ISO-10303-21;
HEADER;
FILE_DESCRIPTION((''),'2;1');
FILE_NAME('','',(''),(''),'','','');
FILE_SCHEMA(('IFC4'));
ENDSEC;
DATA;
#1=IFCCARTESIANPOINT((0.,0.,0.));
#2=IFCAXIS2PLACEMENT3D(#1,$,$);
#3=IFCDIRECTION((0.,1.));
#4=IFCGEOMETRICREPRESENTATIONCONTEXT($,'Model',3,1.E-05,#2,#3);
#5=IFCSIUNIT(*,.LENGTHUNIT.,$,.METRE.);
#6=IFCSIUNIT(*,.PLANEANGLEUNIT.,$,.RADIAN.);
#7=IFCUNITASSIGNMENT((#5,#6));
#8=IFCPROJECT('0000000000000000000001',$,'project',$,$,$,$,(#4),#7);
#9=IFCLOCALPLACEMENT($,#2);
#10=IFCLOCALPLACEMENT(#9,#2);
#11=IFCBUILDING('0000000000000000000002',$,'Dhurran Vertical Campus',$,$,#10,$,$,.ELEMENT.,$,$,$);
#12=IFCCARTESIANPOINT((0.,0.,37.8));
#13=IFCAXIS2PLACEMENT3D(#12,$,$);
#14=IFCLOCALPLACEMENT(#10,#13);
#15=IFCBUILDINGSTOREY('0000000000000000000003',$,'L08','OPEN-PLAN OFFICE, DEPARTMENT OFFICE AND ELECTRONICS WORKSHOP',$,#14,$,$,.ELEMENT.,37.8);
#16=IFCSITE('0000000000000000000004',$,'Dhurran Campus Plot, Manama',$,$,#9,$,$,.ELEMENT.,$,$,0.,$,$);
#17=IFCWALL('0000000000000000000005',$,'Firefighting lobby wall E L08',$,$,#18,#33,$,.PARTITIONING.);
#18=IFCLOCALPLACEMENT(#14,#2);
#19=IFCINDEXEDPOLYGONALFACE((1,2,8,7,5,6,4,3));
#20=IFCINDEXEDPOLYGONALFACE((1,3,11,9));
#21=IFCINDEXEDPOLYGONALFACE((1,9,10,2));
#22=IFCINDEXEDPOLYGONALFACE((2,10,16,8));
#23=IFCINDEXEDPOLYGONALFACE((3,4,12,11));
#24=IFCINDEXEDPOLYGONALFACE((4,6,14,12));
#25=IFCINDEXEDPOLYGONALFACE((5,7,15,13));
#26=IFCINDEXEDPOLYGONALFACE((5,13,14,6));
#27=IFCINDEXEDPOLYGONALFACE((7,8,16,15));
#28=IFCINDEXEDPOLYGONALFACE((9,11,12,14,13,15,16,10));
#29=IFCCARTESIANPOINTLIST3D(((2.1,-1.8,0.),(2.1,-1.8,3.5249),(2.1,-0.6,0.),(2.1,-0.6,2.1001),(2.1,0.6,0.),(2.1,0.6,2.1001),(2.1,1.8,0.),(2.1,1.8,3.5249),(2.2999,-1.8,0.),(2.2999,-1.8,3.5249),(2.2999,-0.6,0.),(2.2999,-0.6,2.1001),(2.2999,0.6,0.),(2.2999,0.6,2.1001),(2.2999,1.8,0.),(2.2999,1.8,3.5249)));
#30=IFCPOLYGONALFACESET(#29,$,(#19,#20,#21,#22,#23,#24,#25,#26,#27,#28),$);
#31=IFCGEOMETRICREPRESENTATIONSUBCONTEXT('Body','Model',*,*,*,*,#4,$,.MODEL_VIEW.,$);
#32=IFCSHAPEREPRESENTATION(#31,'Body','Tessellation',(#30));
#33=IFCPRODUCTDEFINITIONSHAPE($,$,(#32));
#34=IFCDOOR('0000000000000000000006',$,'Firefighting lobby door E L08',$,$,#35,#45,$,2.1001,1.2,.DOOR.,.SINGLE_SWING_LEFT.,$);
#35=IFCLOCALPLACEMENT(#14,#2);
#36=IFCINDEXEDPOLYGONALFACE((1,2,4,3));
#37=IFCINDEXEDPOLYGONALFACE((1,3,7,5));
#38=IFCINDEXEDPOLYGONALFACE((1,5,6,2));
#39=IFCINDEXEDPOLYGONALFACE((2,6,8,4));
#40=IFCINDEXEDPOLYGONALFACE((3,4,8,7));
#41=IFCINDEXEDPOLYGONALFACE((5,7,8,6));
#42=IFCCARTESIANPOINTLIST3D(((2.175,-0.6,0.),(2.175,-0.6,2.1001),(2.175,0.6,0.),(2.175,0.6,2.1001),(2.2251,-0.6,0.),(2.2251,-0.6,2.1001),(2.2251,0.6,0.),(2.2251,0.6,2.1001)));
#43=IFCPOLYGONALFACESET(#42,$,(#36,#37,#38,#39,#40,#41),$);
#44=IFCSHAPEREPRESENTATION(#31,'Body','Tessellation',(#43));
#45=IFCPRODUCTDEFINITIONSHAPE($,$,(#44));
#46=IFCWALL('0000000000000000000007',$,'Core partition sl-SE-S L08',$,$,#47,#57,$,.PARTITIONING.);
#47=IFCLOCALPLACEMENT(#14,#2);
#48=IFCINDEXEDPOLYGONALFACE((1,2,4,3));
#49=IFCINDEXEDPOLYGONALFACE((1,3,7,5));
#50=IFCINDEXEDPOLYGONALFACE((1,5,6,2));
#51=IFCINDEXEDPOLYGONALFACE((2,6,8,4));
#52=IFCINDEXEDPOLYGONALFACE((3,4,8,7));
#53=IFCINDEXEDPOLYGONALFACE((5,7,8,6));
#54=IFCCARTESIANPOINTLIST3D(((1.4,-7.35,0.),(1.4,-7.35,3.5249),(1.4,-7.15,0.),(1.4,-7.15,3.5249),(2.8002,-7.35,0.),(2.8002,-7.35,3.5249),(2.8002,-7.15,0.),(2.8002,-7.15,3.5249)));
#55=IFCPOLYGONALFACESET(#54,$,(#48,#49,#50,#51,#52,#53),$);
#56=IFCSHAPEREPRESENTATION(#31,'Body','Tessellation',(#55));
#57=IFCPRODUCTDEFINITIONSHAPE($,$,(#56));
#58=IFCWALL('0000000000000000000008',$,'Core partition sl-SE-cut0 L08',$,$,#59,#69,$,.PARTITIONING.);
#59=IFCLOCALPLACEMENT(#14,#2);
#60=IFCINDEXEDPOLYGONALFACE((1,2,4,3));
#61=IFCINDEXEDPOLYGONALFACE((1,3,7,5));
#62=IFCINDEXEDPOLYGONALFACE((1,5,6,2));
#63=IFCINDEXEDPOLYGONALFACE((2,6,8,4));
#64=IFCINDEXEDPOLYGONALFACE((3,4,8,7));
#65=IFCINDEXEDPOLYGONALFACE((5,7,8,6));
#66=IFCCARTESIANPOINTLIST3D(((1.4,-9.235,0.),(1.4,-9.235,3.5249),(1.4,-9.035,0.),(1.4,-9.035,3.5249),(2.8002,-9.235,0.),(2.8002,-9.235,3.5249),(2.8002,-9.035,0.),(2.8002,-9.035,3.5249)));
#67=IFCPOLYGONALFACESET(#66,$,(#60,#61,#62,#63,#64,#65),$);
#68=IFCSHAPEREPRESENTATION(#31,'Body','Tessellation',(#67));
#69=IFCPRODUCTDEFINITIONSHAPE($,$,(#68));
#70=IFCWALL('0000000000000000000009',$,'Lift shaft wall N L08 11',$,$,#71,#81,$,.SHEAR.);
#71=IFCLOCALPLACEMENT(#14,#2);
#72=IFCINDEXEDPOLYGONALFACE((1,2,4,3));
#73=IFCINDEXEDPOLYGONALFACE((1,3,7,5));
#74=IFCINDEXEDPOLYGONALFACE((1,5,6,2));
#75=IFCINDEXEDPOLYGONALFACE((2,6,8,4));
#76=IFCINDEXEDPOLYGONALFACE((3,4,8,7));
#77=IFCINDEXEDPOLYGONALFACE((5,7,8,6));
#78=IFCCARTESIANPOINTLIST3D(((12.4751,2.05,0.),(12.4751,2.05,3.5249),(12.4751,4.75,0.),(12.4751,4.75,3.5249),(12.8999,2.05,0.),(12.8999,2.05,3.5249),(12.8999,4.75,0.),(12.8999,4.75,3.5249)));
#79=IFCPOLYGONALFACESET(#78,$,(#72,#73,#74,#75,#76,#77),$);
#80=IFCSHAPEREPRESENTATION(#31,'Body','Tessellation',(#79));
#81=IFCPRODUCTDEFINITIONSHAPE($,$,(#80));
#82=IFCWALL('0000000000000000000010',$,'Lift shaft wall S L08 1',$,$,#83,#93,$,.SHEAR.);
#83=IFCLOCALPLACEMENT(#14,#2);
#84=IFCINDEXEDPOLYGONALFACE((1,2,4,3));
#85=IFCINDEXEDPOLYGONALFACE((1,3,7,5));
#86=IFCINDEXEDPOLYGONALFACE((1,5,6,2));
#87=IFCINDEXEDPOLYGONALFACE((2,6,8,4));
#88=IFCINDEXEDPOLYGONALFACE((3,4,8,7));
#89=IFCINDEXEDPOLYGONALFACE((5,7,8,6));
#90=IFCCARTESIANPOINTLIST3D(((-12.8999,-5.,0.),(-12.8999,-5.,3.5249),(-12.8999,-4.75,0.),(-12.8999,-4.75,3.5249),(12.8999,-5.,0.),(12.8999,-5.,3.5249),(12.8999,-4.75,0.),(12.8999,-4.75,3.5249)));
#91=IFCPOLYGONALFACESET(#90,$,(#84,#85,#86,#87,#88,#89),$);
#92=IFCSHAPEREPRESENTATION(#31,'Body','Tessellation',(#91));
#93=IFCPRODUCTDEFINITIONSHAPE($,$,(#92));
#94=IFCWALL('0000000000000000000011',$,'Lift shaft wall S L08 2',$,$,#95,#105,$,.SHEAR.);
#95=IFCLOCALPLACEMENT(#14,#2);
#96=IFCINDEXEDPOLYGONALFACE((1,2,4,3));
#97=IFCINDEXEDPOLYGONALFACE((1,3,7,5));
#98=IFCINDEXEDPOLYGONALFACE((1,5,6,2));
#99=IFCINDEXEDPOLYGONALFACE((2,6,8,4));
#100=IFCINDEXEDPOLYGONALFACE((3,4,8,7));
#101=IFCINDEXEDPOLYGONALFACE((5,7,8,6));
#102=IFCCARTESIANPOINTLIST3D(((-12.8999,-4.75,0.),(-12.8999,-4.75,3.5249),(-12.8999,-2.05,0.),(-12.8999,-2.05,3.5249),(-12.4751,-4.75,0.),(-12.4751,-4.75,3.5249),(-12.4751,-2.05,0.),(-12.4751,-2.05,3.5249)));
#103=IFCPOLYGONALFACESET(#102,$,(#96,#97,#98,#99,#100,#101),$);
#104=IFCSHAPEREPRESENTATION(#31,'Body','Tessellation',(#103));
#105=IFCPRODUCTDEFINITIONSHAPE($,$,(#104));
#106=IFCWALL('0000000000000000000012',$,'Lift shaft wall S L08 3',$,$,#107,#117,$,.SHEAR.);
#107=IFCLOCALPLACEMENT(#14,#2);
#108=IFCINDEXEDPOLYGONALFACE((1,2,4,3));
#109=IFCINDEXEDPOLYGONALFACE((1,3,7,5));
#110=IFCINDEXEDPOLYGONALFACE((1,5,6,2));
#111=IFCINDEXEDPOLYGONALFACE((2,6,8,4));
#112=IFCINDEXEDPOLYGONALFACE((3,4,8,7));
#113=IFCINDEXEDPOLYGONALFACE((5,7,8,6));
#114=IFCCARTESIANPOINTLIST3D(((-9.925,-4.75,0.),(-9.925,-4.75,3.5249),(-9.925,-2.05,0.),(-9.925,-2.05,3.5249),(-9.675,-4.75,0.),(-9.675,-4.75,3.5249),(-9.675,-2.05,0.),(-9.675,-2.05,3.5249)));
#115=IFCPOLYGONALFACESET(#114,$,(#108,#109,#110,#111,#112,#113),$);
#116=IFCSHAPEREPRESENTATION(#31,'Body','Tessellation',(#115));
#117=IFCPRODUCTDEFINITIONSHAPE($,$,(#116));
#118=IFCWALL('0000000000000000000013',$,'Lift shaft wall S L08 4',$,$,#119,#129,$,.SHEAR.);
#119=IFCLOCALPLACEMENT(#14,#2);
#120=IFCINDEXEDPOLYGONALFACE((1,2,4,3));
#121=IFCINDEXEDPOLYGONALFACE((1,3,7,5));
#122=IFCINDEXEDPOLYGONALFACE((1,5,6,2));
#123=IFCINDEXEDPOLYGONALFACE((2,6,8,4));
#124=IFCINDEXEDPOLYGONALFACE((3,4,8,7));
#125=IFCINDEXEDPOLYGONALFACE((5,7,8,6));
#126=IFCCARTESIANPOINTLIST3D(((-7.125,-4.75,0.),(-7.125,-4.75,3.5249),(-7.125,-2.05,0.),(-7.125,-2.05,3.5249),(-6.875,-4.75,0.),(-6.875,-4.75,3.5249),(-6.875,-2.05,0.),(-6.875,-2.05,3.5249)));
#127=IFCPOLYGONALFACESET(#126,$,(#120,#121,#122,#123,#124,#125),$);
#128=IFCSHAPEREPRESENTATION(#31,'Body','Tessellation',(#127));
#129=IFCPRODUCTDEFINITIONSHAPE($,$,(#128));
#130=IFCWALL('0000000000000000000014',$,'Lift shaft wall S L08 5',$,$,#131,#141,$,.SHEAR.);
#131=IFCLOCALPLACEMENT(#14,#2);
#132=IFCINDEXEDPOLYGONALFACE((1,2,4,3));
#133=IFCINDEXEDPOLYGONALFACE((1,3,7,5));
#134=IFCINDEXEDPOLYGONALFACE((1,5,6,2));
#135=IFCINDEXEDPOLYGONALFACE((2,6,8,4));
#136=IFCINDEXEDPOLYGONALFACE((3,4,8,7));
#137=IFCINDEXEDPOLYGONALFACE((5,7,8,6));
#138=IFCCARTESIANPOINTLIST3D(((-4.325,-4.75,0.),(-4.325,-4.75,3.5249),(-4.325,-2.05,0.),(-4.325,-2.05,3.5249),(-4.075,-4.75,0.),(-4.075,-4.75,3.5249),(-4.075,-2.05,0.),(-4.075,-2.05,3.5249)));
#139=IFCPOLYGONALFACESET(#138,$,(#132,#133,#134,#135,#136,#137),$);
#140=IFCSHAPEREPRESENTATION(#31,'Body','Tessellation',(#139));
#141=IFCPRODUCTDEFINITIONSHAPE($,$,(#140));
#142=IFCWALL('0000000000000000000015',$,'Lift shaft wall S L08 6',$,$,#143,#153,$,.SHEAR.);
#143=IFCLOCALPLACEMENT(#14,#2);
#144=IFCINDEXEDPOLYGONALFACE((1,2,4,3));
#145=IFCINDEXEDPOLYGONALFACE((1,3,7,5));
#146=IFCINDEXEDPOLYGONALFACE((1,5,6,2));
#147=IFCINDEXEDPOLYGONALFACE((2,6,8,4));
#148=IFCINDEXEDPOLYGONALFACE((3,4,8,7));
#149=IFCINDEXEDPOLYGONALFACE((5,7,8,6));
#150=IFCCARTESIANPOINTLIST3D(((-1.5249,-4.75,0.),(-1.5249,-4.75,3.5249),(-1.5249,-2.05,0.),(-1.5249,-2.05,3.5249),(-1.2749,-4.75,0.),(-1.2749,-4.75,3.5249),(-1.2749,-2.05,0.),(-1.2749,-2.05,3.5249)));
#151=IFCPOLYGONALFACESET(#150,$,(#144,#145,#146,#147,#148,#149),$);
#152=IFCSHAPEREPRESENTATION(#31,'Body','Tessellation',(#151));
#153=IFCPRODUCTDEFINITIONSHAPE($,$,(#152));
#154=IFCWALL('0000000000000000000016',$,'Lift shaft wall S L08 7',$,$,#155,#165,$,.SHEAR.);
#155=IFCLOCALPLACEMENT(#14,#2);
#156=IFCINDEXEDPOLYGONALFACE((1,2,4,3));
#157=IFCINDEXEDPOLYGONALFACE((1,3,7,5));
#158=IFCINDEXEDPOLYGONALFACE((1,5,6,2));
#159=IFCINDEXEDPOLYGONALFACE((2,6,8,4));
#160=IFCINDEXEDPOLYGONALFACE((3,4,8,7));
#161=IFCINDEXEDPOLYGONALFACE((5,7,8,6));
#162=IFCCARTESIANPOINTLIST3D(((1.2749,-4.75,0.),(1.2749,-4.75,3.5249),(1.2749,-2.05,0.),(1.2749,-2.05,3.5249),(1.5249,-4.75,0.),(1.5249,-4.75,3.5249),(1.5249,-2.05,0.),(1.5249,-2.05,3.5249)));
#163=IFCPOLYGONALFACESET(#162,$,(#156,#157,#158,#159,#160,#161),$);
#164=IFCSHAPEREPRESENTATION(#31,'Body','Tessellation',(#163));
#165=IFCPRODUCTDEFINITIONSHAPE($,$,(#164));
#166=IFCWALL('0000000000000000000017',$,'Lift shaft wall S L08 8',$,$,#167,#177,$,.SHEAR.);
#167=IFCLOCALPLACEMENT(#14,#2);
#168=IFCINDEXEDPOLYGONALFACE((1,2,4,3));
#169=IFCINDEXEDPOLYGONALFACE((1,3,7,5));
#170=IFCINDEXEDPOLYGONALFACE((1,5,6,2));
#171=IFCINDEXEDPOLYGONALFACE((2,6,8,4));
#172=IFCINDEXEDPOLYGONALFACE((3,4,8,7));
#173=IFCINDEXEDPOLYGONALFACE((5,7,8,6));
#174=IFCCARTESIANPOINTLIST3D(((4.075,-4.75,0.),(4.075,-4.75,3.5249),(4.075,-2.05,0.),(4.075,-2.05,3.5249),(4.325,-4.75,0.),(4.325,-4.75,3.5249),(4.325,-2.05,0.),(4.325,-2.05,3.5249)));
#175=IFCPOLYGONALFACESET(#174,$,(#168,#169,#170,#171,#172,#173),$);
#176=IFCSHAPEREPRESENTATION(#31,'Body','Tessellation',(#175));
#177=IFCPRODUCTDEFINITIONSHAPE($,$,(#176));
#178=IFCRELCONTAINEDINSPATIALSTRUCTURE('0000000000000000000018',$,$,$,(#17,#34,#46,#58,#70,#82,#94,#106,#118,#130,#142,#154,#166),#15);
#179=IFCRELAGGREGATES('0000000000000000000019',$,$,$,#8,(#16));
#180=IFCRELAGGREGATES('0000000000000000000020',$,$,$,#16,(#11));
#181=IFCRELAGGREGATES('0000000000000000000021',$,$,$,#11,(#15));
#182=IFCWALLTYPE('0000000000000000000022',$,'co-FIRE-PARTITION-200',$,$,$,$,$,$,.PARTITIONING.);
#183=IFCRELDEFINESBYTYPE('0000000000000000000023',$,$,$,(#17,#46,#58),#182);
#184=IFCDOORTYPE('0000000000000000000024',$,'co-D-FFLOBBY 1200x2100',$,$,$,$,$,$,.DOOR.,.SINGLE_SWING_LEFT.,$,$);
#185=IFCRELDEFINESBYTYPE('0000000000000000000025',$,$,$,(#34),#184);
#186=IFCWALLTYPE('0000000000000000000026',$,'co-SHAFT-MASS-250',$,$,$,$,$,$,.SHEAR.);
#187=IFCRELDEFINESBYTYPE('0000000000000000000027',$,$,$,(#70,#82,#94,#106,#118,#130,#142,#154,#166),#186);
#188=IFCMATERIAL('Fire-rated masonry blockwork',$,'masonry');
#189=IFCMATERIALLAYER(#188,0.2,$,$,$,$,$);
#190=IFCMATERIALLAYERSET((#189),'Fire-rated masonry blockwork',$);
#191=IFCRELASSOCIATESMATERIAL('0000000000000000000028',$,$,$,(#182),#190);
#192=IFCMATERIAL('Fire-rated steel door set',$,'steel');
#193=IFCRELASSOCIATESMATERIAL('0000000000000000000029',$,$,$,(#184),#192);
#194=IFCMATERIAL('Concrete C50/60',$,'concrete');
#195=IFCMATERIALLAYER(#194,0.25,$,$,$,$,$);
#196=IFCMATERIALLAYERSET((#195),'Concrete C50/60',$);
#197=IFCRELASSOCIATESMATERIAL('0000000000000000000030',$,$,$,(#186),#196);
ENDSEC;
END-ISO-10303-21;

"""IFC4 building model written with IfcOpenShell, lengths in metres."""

from ifc_helpers import new_model, si_unit, direction, frame, frame_2d, origin, place, context, subcontext, project, spatial, polyline, rectangle, outline, extrude, material, layer, layer_set, type_object, element, fill, save


model = new_model("IFC4")

# Units and contexts
model_context = context("Model", 3, precision=1e-05, world=origin(), true_north=direction((0.0, 1.0)))
body_context = subcontext(model_context, "Body", "Model", "MODEL_VIEW")
ifc_project = project(units=[si_unit("LENGTHUNIT", "METRE"), si_unit("PLANEANGLEUNIT", "RADIAN")], contexts=[model_context])

# Site, building, storey
site_placement = place(None, origin())
site = spatial("IfcSite", under=ifc_project, at=site_placement, Name="Dhurran Campus Plot, Manama", CompositionType="ELEMENT", RefElevation=0.0)
building_placement = place(site_placement, origin())
building = spatial("IfcBuilding", under=site, at=building_placement, Name="Dhurran Vertical Campus", CompositionType="ELEMENT")
storey_placement = place(building_placement, frame((0.0, 0.0, 37.8)))
storey = spatial("IfcBuildingStorey", under=building, at=storey_placement, Name="L08", Description="OPEN-PLAN OFFICE, DEPARTMENT OFFICE AND ELECTRONICS WORKSHOP", CompositionType="ELEMENT", Elevation=37.8)

# Wall, opening, door
ifc_material_1 = material(Name="Fire-rated masonry blockwork", Category="masonry")
ifc_layer_1 = layer(ifc_material_1, 0.2)
ifc_layer_set_1 = layer_set([ifc_layer_1], Name="Fire-rated masonry blockwork")
wall_type_1 = type_object("IfcWallType", Name="co-FIRE-PARTITION-200", PredefinedType="PARTITIONING", material=ifc_layer_set_1)
wall_1_placement = place(storey_placement, frame((2.2, -1.8, 0.0), z_axis=(0.0, 0.0, 1.0), x_axis=(0.0, 1.0, 0.0)))
wall_1 = element("IfcWall", 1, at=wall_1_placement, inside=storey, type_object=wall_type_1, Name="Firefighting lobby wall E L08", PredefinedType="PARTITIONING", context=body_context, shape_type="SweptSolid", body=[
    extrude(rectangle(XDim=3.6001, YDim=0.2, at=frame_2d((1.8, 0.0))), origin(), (0.0, 0.0, 1.0), 3.5249),
])
opening_1_placement = place(wall_1_placement, frame((1.2, 0.0, 0.0)))
opening_1 = element("IfcOpeningElement", 2, at=opening_1_placement, cuts=wall_1, PredefinedType="OPENING", context=body_context, shape_type="SweptSolid", body=[
    extrude(rectangle(XDim=1.2, YDim=2.1001, at=frame_2d((0.6001, 1.05))), frame((0.0, 0.1099, 0.0), z_axis=(0.0, -1.0, 0.0), x_axis=(1.0, 0.0, 0.0)), (0.0, 0.0, 1.0), 0.22),
])
ifc_material_2 = material(Name="Fire-rated steel door set", Category="steel")
door_type_1 = type_object("IfcDoorType", Name="co-D-FFLOBBY 1200x2100", OperationType="SINGLE_SWING_LEFT", PredefinedType="DOOR", material=ifc_material_2)
door_1_placement = place(opening_1_placement, origin())
door_1 = element("IfcDoor", 3, at=door_1_placement, inside=storey, type_object=door_type_1, Name="Firefighting lobby door E L08", OperationType="SINGLE_SWING_LEFT", OverallHeight=2.1001, OverallWidth=1.2, PredefinedType="DOOR", context=body_context, shape_type="SweptSolid", body=[
    extrude(rectangle(XDim=1.2, YDim=2.1001, at=frame_2d((0.6001, 1.05))), frame((0.0, 0.0249, 0.0), z_axis=(0.0, -1.0, 0.0), x_axis=(1.0, 0.0, 0.0)), (0.0, 0.0, 1.0), 0.05),
])
fill(opening_1, door_1)

# Walls
for number, where, z_axis, x_axis, name in (
    (4, (1.3999, -7.25, 0.0), (0.0, 0.0, 1.0), (1.0, 0.0, 0.0), "Core partition sl-SE-S L08"),
    (5, (1.3999, -9.135, 0.0), (0.0, 0.0, 1.0), (1.0, 0.0, 0.0), "Core partition sl-SE-cut0 L08"),
):
    element("IfcWall", number, at=place(storey_placement, frame(where, z_axis=z_axis, x_axis=x_axis)), inside=storey, type_object=wall_type_1, Name=name, PredefinedType="PARTITIONING", context=body_context, shape_type="SweptSolid", body=[
        extrude(rectangle(XDim=1.4001, YDim=0.2, at=frame_2d((0.7002, 0.0))), origin(), (0.0, 0.0, 1.0), 3.5249),
    ])
ifc_material_3 = material(Name="Concrete C50/60", Category="concrete")
ifc_layer_2 = layer(ifc_material_3, 0.25)
ifc_layer_set_2 = layer_set([ifc_layer_2], Name="Concrete C50/60")
wall_type_2 = type_object("IfcWallType", Name="co-SHAFT-MASS-250", PredefinedType="SHEAR", material=ifc_layer_set_2)
wall_2_placement = place(storey_placement, origin())
element("IfcWall", 6, at=wall_2_placement, inside=storey, type_object=wall_type_2, Name="Lift shaft wall N L08 11", PredefinedType="SHEAR", context=body_context, shape_type="SweptSolid", body=[
    extrude(outline(polyline([(12.4751, 2.05), (12.8999, 2.05), (12.8999, 4.75), (12.4751, 4.75), (12.4751, 2.05)])), origin(), (0.0, 0.0, 1.0), 3.5249),
])
wall_3_placement = place(storey_placement, origin())
element("IfcWall", 7, at=wall_3_placement, inside=storey, type_object=wall_type_2, Name="Lift shaft wall S L08 1", PredefinedType="SHEAR", context=body_context, shape_type="SweptSolid", body=[
    extrude(outline(polyline([(-12.8999, -5.0), (12.8999, -5.0), (12.8999, -4.75), (-12.8999, -4.75), (-12.8999, -5.0)])), origin(), (0.0, 0.0, 1.0), 3.5249),
])
wall_4_placement = place(storey_placement, origin())
element("IfcWall", 8, at=wall_4_placement, inside=storey, type_object=wall_type_2, Name="Lift shaft wall S L08 2", PredefinedType="SHEAR", context=body_context, shape_type="SweptSolid", body=[
    extrude(outline(polyline([(-12.8999, -4.75), (-12.4751, -4.75), (-12.4751, -2.05), (-12.8999, -2.05), (-12.8999, -4.75)])), origin(), (0.0, 0.0, 1.0), 3.5249),
])
wall_5_placement = place(storey_placement, origin())
element("IfcWall", 9, at=wall_5_placement, inside=storey, type_object=wall_type_2, Name="Lift shaft wall S L08 3", PredefinedType="SHEAR", context=body_context, shape_type="SweptSolid", body=[
    extrude(outline(polyline([(-9.925, -4.75), (-9.675, -4.75), (-9.675, -2.05), (-9.925, -2.05), (-9.925, -4.75)])), origin(), (0.0, 0.0, 1.0), 3.5249),
])
wall_6_placement = place(storey_placement, origin())
element("IfcWall", 10, at=wall_6_placement, inside=storey, type_object=wall_type_2, Name="Lift shaft wall S L08 4", PredefinedType="SHEAR", context=body_context, shape_type="SweptSolid", body=[
    extrude(outline(polyline([(-7.125, -4.75), (-6.875, -4.75), (-6.875, -2.05), (-7.125, -2.05), (-7.125, -4.75)])), origin(), (0.0, 0.0, 1.0), 3.5249),
])
wall_7_placement = place(storey_placement, origin())
element("IfcWall", 11, at=wall_7_placement, inside=storey, type_object=wall_type_2, Name="Lift shaft wall S L08 5", PredefinedType="SHEAR", context=body_context, shape_type="SweptSolid", body=[
    extrude(outline(polyline([(-4.325, -4.75), (-4.075, -4.75), (-4.075, -2.05), (-4.325, -2.05), (-4.325, -4.75)])), origin(), (0.0, 0.0, 1.0), 3.5249),
])
wall_8_placement = place(storey_placement, origin())
element("IfcWall", 12, at=wall_8_placement, inside=storey, type_object=wall_type_2, Name="Lift shaft wall S L08 6", PredefinedType="SHEAR", context=body_context, shape_type="SweptSolid", body=[
    extrude(outline(polyline([(-1.5249, -4.75), (-1.2749, -4.75), (-1.2749, -2.05), (-1.5249, -2.05), (-1.5249, -4.75)])), origin(), (0.0, 0.0, 1.0), 3.5249),
])
wall_9_placement = place(storey_placement, origin())
element("IfcWall", 13, at=wall_9_placement, inside=storey, type_object=wall_type_2, Name="Lift shaft wall S L08 7", PredefinedType="SHEAR", context=body_context, shape_type="SweptSolid", body=[
    extrude(outline(polyline([(1.2749, -4.75), (1.5249, -4.75), (1.5249, -2.05), (1.2749, -2.05), (1.2749, -4.75)])), origin(), (0.0, 0.0, 1.0), 3.5249),
])
wall_10_placement = place(storey_placement, origin())
element("IfcWall", 14, at=wall_10_placement, inside=storey, type_object=wall_type_2, Name="Lift shaft wall S L08 8", PredefinedType="SHEAR", context=body_context, shape_type="SweptSolid", body=[
    extrude(outline(polyline([(4.075, -4.75), (4.325, -4.75), (4.325, -2.05), (4.075, -2.05), (4.075, -4.75)])), origin(), (0.0, 0.0, 1.0), 3.5249),
])

save(model, "model.ifc")
